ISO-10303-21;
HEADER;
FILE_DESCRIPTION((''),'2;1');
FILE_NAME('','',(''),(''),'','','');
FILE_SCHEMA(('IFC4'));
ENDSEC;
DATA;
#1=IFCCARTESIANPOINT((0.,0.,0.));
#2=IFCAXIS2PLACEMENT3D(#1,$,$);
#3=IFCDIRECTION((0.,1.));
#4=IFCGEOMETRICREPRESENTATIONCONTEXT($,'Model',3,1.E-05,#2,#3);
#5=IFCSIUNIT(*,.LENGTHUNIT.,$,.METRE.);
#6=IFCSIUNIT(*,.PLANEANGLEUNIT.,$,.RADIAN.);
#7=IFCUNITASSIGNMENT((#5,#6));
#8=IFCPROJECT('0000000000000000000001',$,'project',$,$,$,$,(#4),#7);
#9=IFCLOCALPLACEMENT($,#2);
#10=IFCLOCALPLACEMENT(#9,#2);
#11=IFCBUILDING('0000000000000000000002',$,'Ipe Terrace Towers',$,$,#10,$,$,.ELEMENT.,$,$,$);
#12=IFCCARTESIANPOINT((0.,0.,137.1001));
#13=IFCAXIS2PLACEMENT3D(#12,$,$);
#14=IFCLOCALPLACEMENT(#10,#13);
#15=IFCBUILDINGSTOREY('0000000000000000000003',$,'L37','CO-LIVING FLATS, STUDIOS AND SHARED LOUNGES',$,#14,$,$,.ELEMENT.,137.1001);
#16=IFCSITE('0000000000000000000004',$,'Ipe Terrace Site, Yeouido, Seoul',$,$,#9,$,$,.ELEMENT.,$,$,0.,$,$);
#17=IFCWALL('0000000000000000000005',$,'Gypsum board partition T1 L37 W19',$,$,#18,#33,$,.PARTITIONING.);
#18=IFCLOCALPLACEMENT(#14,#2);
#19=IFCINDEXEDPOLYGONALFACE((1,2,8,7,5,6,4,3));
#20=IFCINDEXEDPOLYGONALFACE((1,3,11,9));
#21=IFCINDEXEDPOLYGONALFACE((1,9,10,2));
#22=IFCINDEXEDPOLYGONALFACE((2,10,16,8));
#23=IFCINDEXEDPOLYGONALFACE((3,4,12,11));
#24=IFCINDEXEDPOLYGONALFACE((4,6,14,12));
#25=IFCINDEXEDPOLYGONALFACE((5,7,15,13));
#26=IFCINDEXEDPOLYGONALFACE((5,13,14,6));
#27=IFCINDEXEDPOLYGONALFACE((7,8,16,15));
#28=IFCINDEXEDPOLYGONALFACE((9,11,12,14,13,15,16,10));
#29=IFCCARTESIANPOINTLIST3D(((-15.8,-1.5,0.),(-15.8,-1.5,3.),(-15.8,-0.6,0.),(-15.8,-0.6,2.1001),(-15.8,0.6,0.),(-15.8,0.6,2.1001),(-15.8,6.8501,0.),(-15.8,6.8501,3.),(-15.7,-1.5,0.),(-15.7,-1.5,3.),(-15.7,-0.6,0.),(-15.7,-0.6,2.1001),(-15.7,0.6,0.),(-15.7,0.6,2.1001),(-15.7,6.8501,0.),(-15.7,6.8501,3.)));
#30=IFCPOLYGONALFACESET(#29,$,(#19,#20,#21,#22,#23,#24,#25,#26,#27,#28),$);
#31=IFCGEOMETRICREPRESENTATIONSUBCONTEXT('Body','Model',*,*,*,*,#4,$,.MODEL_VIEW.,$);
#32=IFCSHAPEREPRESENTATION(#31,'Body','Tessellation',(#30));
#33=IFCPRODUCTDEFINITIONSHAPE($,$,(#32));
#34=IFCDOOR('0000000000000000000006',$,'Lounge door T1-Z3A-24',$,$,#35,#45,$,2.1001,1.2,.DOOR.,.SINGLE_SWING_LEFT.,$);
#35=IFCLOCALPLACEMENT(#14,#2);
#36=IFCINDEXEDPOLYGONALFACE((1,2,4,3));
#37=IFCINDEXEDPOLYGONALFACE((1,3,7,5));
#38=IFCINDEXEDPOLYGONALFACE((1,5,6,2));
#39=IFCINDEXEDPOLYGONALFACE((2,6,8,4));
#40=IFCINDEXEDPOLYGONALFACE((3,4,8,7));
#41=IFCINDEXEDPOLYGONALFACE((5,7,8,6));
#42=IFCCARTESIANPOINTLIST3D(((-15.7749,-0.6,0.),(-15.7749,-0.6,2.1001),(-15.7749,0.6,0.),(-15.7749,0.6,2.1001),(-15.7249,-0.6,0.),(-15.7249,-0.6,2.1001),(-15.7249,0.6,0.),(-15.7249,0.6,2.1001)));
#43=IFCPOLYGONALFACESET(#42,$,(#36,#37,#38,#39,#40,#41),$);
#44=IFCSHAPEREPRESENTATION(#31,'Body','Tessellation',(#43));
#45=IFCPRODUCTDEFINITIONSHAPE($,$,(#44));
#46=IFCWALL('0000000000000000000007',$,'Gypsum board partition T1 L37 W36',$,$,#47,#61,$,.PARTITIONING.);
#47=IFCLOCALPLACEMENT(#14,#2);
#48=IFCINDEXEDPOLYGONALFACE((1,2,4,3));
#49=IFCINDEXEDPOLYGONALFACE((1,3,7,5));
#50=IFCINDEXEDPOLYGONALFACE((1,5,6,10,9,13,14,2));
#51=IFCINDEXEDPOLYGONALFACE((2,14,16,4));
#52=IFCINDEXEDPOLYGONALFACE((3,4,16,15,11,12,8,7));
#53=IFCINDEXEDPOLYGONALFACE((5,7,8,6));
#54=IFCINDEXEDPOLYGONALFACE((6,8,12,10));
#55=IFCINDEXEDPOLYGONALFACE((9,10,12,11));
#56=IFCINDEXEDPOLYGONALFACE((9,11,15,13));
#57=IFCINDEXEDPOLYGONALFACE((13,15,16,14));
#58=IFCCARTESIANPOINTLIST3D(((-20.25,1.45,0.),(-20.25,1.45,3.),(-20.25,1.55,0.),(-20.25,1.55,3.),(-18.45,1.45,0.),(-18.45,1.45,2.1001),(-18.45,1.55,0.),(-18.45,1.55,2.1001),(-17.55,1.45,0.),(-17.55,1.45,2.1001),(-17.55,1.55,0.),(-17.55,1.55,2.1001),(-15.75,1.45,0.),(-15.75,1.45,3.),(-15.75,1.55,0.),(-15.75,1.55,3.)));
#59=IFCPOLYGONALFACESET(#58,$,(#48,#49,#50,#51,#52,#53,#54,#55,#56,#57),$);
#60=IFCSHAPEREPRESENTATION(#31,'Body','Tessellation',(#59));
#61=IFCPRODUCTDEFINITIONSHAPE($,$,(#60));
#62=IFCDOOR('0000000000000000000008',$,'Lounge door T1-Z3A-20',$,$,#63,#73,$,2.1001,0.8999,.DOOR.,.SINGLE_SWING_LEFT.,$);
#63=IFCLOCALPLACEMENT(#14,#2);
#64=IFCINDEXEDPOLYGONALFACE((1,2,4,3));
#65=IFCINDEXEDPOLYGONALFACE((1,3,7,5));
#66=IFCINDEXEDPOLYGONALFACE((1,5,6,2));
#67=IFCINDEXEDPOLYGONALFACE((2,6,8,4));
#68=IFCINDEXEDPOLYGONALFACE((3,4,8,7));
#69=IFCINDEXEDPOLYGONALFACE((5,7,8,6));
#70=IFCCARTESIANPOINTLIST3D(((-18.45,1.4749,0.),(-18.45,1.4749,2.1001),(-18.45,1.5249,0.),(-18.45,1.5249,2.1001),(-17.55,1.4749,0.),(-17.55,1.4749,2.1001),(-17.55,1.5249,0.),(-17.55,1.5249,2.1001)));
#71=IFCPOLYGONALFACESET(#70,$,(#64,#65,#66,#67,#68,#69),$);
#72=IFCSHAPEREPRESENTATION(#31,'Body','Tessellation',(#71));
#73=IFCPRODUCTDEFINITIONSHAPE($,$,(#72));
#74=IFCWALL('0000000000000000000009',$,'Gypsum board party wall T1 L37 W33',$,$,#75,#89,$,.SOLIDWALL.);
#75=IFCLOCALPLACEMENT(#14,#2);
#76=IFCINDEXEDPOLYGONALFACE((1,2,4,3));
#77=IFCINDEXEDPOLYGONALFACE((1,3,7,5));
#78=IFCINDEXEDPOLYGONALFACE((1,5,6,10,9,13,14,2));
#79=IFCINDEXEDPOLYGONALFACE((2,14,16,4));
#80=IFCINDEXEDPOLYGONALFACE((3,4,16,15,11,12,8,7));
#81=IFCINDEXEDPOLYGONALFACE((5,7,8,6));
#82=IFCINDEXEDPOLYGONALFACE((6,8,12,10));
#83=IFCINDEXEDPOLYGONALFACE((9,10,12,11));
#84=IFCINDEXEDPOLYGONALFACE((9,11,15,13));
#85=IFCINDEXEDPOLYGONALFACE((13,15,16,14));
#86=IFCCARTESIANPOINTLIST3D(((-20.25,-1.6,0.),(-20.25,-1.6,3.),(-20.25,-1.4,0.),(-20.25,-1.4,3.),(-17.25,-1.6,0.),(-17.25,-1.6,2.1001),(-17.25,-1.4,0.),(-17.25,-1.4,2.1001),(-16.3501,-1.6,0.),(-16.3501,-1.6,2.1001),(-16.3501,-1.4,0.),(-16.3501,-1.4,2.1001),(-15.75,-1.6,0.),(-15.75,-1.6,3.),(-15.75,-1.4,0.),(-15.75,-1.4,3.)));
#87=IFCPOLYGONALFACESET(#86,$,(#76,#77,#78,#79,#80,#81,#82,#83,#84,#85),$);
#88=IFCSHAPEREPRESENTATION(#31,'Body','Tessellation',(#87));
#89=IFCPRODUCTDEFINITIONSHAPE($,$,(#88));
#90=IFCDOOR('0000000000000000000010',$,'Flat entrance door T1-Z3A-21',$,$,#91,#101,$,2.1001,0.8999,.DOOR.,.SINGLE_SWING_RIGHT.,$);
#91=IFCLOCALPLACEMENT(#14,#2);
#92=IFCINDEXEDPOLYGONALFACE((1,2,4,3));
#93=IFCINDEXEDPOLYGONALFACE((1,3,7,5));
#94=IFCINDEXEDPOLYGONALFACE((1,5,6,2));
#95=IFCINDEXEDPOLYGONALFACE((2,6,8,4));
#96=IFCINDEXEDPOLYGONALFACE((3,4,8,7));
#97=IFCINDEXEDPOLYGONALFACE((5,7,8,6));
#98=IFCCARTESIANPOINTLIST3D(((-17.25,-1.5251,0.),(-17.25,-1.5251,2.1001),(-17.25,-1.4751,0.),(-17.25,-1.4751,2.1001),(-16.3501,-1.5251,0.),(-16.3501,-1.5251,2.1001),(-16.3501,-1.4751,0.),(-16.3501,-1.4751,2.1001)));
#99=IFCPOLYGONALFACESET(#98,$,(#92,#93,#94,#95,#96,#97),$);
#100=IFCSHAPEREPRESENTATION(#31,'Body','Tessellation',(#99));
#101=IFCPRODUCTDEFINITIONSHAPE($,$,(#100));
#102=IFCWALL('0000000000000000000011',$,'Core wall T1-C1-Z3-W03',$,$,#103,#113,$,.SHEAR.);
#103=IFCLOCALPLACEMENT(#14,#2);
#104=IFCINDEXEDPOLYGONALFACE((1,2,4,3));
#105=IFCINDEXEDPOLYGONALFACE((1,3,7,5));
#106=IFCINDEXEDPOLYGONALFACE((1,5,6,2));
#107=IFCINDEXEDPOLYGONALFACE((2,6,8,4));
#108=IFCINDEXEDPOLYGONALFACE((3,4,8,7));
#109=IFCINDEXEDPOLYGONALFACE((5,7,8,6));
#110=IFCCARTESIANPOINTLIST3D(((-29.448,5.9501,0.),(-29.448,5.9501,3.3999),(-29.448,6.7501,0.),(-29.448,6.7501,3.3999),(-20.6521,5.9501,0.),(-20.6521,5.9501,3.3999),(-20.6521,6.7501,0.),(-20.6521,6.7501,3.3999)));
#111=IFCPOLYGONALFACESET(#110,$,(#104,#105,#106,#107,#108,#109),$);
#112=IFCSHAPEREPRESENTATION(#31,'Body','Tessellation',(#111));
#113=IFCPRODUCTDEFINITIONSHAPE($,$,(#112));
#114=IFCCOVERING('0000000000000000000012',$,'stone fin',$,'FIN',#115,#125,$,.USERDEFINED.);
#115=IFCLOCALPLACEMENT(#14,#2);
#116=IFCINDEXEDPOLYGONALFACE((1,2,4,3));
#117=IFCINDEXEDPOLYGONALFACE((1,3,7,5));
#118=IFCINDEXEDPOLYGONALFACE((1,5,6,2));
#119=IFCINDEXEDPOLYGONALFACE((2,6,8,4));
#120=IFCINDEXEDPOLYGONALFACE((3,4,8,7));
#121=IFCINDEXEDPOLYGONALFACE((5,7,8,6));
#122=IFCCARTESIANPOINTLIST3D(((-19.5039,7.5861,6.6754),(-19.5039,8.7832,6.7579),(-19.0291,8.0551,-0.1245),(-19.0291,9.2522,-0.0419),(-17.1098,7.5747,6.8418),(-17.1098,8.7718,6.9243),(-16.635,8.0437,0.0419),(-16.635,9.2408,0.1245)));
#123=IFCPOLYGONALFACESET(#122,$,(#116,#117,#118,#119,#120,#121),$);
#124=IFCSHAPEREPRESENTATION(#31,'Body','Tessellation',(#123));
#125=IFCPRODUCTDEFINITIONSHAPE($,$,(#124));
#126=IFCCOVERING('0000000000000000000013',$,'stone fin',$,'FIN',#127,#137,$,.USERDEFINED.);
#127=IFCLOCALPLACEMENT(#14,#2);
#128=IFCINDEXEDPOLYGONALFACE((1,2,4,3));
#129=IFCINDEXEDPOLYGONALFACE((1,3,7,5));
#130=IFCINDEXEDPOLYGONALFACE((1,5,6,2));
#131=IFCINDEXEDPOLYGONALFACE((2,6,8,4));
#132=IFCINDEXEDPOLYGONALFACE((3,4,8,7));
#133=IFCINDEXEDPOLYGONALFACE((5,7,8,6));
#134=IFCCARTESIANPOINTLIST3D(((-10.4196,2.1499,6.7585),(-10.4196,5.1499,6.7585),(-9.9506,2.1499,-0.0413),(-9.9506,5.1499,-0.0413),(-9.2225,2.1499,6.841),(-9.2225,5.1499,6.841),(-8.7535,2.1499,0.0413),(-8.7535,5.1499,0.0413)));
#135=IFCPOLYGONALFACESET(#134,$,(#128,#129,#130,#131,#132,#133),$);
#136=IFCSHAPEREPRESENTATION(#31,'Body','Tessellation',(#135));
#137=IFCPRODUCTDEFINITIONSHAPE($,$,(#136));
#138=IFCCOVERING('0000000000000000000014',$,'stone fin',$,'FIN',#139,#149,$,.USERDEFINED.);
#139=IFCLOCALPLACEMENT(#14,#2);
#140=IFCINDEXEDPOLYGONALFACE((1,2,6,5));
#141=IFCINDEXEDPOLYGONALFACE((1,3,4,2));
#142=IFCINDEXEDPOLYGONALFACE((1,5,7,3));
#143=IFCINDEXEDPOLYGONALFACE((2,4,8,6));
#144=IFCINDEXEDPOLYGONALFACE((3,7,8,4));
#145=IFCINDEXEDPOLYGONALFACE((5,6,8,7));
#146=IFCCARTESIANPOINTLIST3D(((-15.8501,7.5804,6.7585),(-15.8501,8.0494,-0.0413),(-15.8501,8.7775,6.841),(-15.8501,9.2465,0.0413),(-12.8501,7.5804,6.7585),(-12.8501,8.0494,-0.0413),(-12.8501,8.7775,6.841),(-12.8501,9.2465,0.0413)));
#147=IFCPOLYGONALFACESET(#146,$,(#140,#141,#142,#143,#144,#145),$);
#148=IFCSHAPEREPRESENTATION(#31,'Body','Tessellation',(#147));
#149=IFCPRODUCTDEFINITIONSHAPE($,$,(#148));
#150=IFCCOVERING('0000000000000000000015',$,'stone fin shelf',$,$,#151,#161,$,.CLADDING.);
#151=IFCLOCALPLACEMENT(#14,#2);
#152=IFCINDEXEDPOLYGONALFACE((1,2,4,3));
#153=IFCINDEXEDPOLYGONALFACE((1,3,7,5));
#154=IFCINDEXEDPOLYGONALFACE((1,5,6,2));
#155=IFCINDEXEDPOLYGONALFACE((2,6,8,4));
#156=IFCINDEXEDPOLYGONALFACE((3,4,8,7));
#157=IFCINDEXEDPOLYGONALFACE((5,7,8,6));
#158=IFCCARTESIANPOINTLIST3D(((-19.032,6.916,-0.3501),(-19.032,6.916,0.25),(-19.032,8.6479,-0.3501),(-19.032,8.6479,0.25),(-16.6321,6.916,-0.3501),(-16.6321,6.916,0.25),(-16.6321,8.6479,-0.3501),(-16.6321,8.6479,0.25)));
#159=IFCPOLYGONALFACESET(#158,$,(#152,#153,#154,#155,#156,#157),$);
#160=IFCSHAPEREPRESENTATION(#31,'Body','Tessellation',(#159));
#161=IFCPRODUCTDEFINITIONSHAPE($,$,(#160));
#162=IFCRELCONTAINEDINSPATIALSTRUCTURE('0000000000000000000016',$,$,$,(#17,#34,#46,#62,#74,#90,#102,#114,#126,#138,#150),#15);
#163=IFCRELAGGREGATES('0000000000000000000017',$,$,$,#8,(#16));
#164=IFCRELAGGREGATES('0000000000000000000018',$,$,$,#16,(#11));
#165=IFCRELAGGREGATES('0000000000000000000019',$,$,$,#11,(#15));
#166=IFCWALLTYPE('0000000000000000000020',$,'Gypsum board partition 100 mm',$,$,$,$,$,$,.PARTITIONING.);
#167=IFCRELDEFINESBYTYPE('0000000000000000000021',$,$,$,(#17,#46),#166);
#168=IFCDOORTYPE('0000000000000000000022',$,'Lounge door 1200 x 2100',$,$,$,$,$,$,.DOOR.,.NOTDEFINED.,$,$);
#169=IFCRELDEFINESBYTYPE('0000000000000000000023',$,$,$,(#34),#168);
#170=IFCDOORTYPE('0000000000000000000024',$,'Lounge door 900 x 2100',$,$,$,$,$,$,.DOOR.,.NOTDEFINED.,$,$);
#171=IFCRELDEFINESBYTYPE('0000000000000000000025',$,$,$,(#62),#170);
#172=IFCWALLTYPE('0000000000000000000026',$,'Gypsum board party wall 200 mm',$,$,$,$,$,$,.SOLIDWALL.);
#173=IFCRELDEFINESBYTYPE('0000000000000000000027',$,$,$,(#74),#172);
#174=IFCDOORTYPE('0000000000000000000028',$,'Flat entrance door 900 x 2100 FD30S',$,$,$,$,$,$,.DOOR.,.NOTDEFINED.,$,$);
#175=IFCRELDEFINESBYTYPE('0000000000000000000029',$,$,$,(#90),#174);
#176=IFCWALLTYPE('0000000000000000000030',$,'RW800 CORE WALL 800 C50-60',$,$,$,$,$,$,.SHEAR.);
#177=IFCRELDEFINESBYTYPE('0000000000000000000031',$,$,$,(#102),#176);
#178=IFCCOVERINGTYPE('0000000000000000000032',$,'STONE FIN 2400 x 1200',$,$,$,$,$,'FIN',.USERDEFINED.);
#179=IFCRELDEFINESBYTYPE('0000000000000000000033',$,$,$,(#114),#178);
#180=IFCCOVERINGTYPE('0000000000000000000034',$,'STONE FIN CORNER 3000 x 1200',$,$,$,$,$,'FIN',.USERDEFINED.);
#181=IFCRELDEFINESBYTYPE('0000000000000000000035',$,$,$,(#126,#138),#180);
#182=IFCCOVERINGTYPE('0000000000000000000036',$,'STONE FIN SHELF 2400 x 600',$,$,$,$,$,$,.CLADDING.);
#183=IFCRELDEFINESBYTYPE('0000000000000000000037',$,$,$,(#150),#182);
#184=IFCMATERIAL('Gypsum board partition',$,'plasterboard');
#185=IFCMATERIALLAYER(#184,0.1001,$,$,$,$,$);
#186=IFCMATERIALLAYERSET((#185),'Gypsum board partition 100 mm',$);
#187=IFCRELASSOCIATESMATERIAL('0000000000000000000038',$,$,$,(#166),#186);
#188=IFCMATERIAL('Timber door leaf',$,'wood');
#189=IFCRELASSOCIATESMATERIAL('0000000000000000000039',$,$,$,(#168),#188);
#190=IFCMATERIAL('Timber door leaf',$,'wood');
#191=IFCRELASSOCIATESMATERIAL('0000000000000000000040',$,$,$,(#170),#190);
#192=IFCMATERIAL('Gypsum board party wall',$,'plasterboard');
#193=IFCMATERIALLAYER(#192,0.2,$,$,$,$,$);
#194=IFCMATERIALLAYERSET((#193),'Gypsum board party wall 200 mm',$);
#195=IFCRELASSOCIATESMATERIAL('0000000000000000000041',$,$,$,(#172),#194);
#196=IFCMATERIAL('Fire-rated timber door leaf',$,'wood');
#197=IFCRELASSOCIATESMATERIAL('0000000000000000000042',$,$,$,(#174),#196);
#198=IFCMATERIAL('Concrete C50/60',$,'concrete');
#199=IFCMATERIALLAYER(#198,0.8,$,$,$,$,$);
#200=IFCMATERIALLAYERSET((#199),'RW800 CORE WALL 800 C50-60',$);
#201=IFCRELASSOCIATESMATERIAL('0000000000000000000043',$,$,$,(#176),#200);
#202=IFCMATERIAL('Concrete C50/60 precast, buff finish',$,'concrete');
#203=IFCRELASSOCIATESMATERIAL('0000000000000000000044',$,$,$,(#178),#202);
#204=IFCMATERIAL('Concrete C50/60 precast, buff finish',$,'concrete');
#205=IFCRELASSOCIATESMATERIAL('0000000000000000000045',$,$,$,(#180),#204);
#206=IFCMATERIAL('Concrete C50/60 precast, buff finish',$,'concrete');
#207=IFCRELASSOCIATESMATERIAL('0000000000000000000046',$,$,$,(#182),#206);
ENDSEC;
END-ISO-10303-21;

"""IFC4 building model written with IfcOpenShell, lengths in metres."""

from ifc_helpers import new_model, si_unit, direction, frame, frame_2d, origin, origin_2d, place, context, subcontext, project, spatial, rectangle, extrude, material, layer, layer_set, material_profile, profile_set, type_object, element, fill, save


model = new_model("IFC4")

# Units and contexts
model_context = context("Model", 3, precision=1e-05, world=origin(), true_north=direction((0.0, 1.0)))
body_context = subcontext(model_context, "Body", "Model", "MODEL_VIEW")
ifc_project = project(units=[si_unit("LENGTHUNIT", "METRE"), si_unit("PLANEANGLEUNIT", "RADIAN")], contexts=[model_context])

# Site, building, storey
site_placement = place(None, origin())
site = spatial("IfcSite", under=ifc_project, at=site_placement, Name="Ipe Terrace Site, Yeouido, Seoul", CompositionType="ELEMENT", RefElevation=0.0)
building_placement = place(site_placement, origin())
building = spatial("IfcBuilding", under=site, at=building_placement, Name="Ipe Terrace Towers", CompositionType="ELEMENT")
storey_placement = place(building_placement, frame((0.0, 0.0, 137.1001)))
storey = spatial("IfcBuildingStorey", under=building, at=storey_placement, Name="L37", Description="CO-LIVING FLATS, STUDIOS AND SHARED LOUNGES", CompositionType="ELEMENT", Elevation=137.1001)

# Walls, openings, doors
ifc_material_1 = material(Name="Gypsum board partition", Category="plasterboard")
ifc_layer_1 = layer(ifc_material_1, 0.1001)
ifc_layer_set_1 = layer_set([ifc_layer_1], Name="Gypsum board partition 100 mm")
wall_type_1 = type_object("IfcWallType", Name="Gypsum board partition 100 mm", PredefinedType="PARTITIONING", material=ifc_layer_set_1)
wall_1_placement = place(storey_placement, frame((-15.75, -1.5, 0.0), z_axis=(0.0, 0.0, 1.0), x_axis=(0.0, 1.0, 0.0)))
wall_1 = element("IfcWall", 1, at=wall_1_placement, inside=storey, type_object=wall_type_1, Name="Gypsum board partition T1 L37 W19", PredefinedType="PARTITIONING", context=body_context, shape_type="SweptSolid", body=[
    extrude(rectangle(XDim=8.3501, YDim=0.1001, at=frame_2d((4.175, 0.0))), origin(), (0.0, 0.0, 1.0), 3.0),
])
opening_1_placement = place(wall_1_placement, frame((0.8999, 0.0, 0.0)))
opening_1 = element("IfcOpeningElement", 2, at=opening_1_placement, cuts=wall_1, PredefinedType="OPENING", context=body_context, shape_type="SweptSolid", body=[
    extrude(rectangle(XDim=1.2, YDim=2.1001, at=frame_2d((0.6001, 1.05))), frame((0.0, 0.0601, 0.0), z_axis=(0.0, -1.0, 0.0), x_axis=(1.0, 0.0, 0.0)), (0.0, 0.0, 1.0), 0.1201),
])
ifc_material_2 = material(Name="Timber door leaf", Category="wood")
door_type_1 = type_object("IfcDoorType", Name="Lounge door 1200 x 2100", OperationType="NOTDEFINED", PredefinedType="DOOR", material=ifc_material_2)
door_1_placement = place(opening_1_placement, origin())
door_1 = element("IfcDoor", 3, at=door_1_placement, inside=storey, type_object=door_type_1, Name="Lounge door T1-Z3A-24", OperationType="SINGLE_SWING_LEFT", OverallHeight=2.1001, OverallWidth=1.2, PredefinedType="DOOR", context=body_context, shape_type="SweptSolid", body=[
    extrude(rectangle(XDim=1.2, YDim=2.1001, at=frame_2d((0.6001, 1.05))), frame((0.0, 0.0249, 0.0), z_axis=(0.0, -1.0, 0.0), x_axis=(1.0, 0.0, 0.0)), (0.0, 0.0, 1.0), 0.05),
])
fill(opening_1, door_1)
wall_2_placement = place(storey_placement, frame((-20.25, 1.5, 0.0), z_axis=(0.0, 0.0, 1.0), x_axis=(1.0, 0.0, 0.0)))
wall_2 = element("IfcWall", 4, at=wall_2_placement, inside=storey, type_object=wall_type_1, Name="Gypsum board partition T1 L37 W36", PredefinedType="PARTITIONING", context=body_context, shape_type="SweptSolid", body=[
    extrude(rectangle(XDim=4.5, YDim=0.1001, at=frame_2d((2.25, 0.0))), origin(), (0.0, 0.0, 1.0), 3.0),
])
opening_2_placement = place(wall_2_placement, frame((1.8, 0.0, 0.0)))
opening_2 = element("IfcOpeningElement", 5, at=opening_2_placement, cuts=wall_2, PredefinedType="OPENING", context=body_context, shape_type="SweptSolid", body=[
    extrude(rectangle(XDim=0.8999, YDim=2.1001, at=frame_2d((0.45, 1.05))), frame((0.0, 0.0601, 0.0), z_axis=(0.0, -1.0, 0.0), x_axis=(1.0, 0.0, 0.0)), (0.0, 0.0, 1.0), 0.1201),
])
ifc_material_3 = material(Name="Timber door leaf", Category="wood")
door_type_2 = type_object("IfcDoorType", Name="Lounge door 900 x 2100", OperationType="NOTDEFINED", PredefinedType="DOOR", material=ifc_material_3)
door_2_placement = place(opening_2_placement, origin())
door_2 = element("IfcDoor", 6, at=door_2_placement, inside=storey, type_object=door_type_2, Name="Lounge door T1-Z3A-20", OperationType="SINGLE_SWING_LEFT", OverallHeight=2.1001, OverallWidth=0.8999, PredefinedType="DOOR", context=body_context, shape_type="SweptSolid", body=[
    extrude(rectangle(XDim=0.8999, YDim=2.1001, at=frame_2d((0.45, 1.05))), frame((0.0, 0.0249, 0.0), z_axis=(0.0, -1.0, 0.0), x_axis=(1.0, 0.0, 0.0)), (0.0, 0.0, 1.0), 0.05),
])
fill(opening_2, door_2)
ifc_material_4 = material(Name="Gypsum board party wall", Category="plasterboard")
ifc_layer_2 = layer(ifc_material_4, 0.2)
ifc_layer_set_2 = layer_set([ifc_layer_2], Name="Gypsum board party wall 200 mm")
wall_type_2 = type_object("IfcWallType", Name="Gypsum board party wall 200 mm", PredefinedType="SOLIDWALL", material=ifc_layer_set_2)
wall_3_placement = place(storey_placement, frame((-20.25, -1.5, 0.0), z_axis=(0.0, 0.0, 1.0), x_axis=(1.0, 0.0, 0.0)))
wall_3 = element("IfcWall", 7, at=wall_3_placement, inside=storey, type_object=wall_type_2, Name="Gypsum board party wall T1 L37 W33", PredefinedType="SOLIDWALL", context=body_context, shape_type="SweptSolid", body=[
    extrude(rectangle(XDim=4.5, YDim=0.2, at=frame_2d((2.25, 0.0))), origin(), (0.0, 0.0, 1.0), 3.0),
])
opening_3_placement = place(wall_3_placement, frame((3.0, 0.0, 0.0)))
opening_3 = element("IfcOpeningElement", 8, at=opening_3_placement, cuts=wall_3, PredefinedType="OPENING", context=body_context, shape_type="SweptSolid", body=[
    extrude(rectangle(XDim=0.8999, YDim=2.1001, at=frame_2d((0.45, 1.05))), frame((0.0, 0.1099, 0.0), z_axis=(0.0, -1.0, 0.0), x_axis=(1.0, 0.0, 0.0)), (0.0, 0.0, 1.0), 0.22),
])
ifc_material_5 = material(Name="Fire-rated timber door leaf", Category="wood")
door_type_3 = type_object("IfcDoorType", Name="Flat entrance door 900 x 2100 FD30S", OperationType="NOTDEFINED", PredefinedType="DOOR", material=ifc_material_5)
door_3_placement = place(opening_3_placement, origin())
door_3 = element("IfcDoor", 9, at=door_3_placement, inside=storey, type_object=door_type_3, Name="Flat entrance door T1-Z3A-21", OperationType="SINGLE_SWING_RIGHT", OverallHeight=2.1001, OverallWidth=0.8999, PredefinedType="DOOR", context=body_context, shape_type="SweptSolid", body=[
    extrude(rectangle(XDim=0.8999, YDim=2.1001, at=frame_2d((0.45, 1.05))), frame((0.0, 0.0249, 0.0), z_axis=(0.0, -1.0, 0.0), x_axis=(1.0, 0.0, 0.0)), (0.0, 0.0, 1.0), 0.05),
])
fill(opening_3, door_3)

# Wall
ifc_material_6 = material(Name="Concrete C50/60", Category="concrete")
ifc_layer_3 = layer(ifc_material_6, 0.8)
ifc_layer_set_3 = layer_set([ifc_layer_3], Name="RW800 CORE WALL 800 C50-60")
wall_type_3 = type_object("IfcWallType", Name="RW800 CORE WALL 800 C50-60", PredefinedType="SHEAR", material=ifc_layer_set_3)
wall_4_placement = place(storey_placement, frame((-20.6521, 6.3501, 0.0), z_axis=(0.0, 0.0, 1.0), x_axis=(-1.0, 0.0, 0.0)))
element("IfcWall", 10, at=wall_4_placement, inside=storey, type_object=wall_type_3, Name="Core wall T1-C1-Z3-W03", PredefinedType="SHEAR", context=body_context, shape_type="SweptSolid", body=[
    extrude(rectangle(XDim=8.7959, YDim=0.8, at=frame_2d((4.3979, 0.0))), origin(), (0.0, 0.0, 1.0), 3.3999),
])

# Coverings
ifc_material_7 = material(Name="Concrete C50/60 precast, buff finish", Category="concrete")
ifc_material_profile_1 = material_profile(ifc_material_7, rectangle(XDim=2.3999, YDim=1.2, at=origin_2d()), Name="STONE FIN 2400 x 1200")
ifc_profile_set_1 = profile_set([ifc_material_profile_1], Name="Concrete C50/60 precast, buff finish")
covering_type_1 = type_object("IfcCoveringType", Name="STONE FIN 2400 x 1200", ElementType="FIN", PredefinedType="USERDEFINED", material=ifc_profile_set_1)
covering_1_placement = place(storey_placement, frame((-17.832, 8.6479, 0.0), z_axis=(-0.069499, -0.068642, 0.995218), x_axis=(-0.997582, 0.004782, -0.069335)))
element("IfcCovering", 11, at=covering_1_placement, inside=storey, type_object=covering_type_1, Name="stone fin", ObjectType="FIN", PredefinedType="USERDEFINED", context=body_context, shape_type="SweptSolid", body=[
    extrude(rectangle(XDim=2.3999, YDim=1.2, at=origin_2d()), origin(), (0.0, 0.0, 1.0), 6.8325),
])
ifc_material_8 = material(Name="Concrete C50/60 precast, buff finish", Category="concrete")
ifc_material_profile_2 = material_profile(ifc_material_8, rectangle(XDim=3.0, YDim=1.2, at=origin_2d()), Name="STONE FIN CORNER 3000 x 1200")
ifc_profile_set_2 = profile_set([ifc_material_profile_2], Name="Concrete C50/60 precast, buff finish")
covering_type_2 = type_object("IfcCoveringType", Name="STONE FIN CORNER 3000 x 1200", ElementType="FIN", PredefinedType="USERDEFINED", material=ifc_profile_set_2)
for number, where, z_axis, x_axis, name in (
    (12, (-9.3521, 3.6499, 0.0), (-0.068808, 0.0, 0.99763), (0.0, 1.0, 0.0), "stone fin"),
    (13, (-14.3501, 8.6479, 0.0), (0.0, -0.068808, 0.99763), (-1.0, 0.0, 0.0), "stone fin"),
):
    element("IfcCovering", number, at=place(storey_placement, frame(where, z_axis=z_axis, x_axis=x_axis)), inside=storey, type_object=covering_type_2, Name=name, ObjectType="FIN", PredefinedType="USERDEFINED", context=body_context, shape_type="SweptSolid", body=[
        extrude(rectangle(XDim=3.0, YDim=1.2, at=origin_2d()), origin(), (0.0, 0.0, 1.0), 6.8159),
    ])
ifc_material_9 = material(Name="Concrete C50/60 precast, buff finish", Category="concrete")
covering_type_3 = type_object("IfcCoveringType", Name="STONE FIN SHELF 2400 x 600", PredefinedType="CLADDING", material=ifc_material_9)
covering_2_placement = place(storey_placement, frame((-17.832, 7.782, -0.3501), z_axis=(0.0, 0.0, 1.0), x_axis=(-1.0, 0.0, 0.0)))
element("IfcCovering", 14, at=covering_2_placement, inside=storey, type_object=covering_type_3, Name="stone fin shelf", PredefinedType="CLADDING", context=body_context, shape_type="SweptSolid", body=[
    extrude(rectangle(XDim=2.3999, YDim=1.7319, at=origin_2d()), origin(), (0.0, 0.0, 1.0), 0.6001),
])

save(model, "model.ifc")
